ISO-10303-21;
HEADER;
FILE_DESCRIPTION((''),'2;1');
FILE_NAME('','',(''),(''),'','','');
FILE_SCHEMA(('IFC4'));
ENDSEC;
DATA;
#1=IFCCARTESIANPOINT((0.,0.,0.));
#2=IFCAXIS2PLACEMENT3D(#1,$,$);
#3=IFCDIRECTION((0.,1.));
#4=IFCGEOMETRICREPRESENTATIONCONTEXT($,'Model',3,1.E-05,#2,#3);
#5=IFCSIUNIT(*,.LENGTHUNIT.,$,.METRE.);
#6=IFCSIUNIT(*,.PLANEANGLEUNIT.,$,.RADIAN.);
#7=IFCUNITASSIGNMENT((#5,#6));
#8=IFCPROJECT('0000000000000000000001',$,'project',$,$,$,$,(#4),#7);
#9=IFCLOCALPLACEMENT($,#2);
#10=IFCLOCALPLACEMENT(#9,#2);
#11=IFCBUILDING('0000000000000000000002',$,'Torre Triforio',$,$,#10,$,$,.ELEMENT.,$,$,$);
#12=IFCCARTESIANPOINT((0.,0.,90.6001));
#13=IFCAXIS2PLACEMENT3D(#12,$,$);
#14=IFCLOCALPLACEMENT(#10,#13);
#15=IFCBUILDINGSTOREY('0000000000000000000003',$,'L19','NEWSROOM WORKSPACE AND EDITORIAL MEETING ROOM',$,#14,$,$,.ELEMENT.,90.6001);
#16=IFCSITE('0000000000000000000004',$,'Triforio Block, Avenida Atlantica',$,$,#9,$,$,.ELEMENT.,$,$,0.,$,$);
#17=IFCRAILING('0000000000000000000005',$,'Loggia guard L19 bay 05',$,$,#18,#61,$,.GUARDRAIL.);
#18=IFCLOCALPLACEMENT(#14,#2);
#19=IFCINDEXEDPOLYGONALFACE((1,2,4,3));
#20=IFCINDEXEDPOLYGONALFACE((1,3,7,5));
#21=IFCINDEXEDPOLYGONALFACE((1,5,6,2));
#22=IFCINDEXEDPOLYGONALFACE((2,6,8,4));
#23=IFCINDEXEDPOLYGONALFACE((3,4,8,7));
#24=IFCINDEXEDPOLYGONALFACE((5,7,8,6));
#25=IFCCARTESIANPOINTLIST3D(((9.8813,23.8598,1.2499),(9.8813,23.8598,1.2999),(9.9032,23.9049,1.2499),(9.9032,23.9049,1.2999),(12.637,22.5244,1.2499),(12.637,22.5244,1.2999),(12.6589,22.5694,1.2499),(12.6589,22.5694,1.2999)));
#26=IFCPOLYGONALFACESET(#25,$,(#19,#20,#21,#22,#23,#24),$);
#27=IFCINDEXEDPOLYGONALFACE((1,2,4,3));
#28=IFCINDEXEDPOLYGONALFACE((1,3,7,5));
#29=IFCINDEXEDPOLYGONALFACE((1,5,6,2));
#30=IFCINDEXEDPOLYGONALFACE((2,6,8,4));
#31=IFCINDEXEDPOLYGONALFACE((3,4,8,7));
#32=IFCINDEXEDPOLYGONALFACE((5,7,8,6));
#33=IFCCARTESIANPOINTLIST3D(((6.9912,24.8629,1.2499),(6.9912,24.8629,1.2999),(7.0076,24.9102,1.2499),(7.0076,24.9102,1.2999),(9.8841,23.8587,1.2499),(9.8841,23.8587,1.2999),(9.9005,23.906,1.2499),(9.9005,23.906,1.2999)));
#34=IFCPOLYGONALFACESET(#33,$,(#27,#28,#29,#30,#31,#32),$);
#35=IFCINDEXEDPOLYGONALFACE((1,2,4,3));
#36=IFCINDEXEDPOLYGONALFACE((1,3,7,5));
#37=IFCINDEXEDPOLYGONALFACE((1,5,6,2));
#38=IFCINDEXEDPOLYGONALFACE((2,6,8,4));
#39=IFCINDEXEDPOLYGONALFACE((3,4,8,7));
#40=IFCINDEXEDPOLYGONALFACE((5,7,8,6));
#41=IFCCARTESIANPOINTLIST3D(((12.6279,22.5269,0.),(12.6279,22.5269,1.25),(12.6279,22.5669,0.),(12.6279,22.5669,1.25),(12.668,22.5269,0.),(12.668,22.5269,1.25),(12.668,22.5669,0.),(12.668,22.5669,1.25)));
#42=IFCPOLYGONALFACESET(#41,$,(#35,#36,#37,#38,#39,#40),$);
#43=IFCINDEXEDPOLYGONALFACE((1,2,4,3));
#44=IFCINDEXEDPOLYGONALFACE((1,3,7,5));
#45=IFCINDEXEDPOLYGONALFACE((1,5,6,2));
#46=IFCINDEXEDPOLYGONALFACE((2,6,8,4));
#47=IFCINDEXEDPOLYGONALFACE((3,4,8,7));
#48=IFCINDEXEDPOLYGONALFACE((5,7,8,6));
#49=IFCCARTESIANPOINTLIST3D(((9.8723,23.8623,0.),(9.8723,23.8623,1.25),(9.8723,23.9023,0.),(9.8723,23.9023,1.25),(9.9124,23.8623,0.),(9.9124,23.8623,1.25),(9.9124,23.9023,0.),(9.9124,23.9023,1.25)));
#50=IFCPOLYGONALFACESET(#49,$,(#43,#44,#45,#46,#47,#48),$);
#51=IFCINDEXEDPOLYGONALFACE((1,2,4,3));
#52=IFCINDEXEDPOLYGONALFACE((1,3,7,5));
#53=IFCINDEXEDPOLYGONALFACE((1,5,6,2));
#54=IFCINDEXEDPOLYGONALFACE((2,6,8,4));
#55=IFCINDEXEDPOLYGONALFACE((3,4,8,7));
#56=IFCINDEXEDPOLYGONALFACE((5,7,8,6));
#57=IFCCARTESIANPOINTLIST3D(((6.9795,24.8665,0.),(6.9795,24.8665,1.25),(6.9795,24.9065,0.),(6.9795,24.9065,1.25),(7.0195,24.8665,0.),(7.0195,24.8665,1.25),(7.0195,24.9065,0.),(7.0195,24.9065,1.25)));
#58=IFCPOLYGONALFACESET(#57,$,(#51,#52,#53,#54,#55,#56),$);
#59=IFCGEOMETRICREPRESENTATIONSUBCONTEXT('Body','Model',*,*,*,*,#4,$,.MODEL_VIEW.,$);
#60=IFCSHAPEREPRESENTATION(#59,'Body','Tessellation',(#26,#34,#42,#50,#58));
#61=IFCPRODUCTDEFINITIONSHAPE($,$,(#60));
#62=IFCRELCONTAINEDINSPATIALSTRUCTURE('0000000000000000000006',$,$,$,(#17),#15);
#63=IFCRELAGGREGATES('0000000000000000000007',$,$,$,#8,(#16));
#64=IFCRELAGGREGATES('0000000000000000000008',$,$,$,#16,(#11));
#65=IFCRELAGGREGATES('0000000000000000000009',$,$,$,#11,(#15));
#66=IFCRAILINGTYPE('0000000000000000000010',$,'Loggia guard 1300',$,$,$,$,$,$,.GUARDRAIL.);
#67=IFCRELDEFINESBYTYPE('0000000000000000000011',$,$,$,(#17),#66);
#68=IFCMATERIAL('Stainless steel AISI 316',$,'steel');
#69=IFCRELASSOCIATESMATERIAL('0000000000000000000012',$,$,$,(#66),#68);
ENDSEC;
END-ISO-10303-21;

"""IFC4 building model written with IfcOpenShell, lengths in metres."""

from ifc_helpers import new_model, si_unit, direction, frame, origin, origin_2d, place, context, subcontext, project, spatial, rectangle, extrude, material, type_object, element, save


model = new_model("IFC4")

# Units and contexts
model_context = context("Model", 3, precision=1e-05, world=origin(), true_north=direction((0.0, 1.0)))
body_context = subcontext(model_context, "Body", "Model", "MODEL_VIEW")
ifc_project = project(units=[si_unit("LENGTHUNIT", "METRE"), si_unit("PLANEANGLEUNIT", "RADIAN")], contexts=[model_context])

# Site, building, storey
site_placement = place(None, origin())
site = spatial("IfcSite", under=ifc_project, at=site_placement, Name="Triforio Block, Avenida Atlantica", CompositionType="ELEMENT", RefElevation=0.0)
building_placement = place(site_placement, origin())
building = spatial("IfcBuilding", under=site, at=building_placement, Name="Torre Triforio", CompositionType="ELEMENT")
storey_placement = place(building_placement, frame((0.0, 0.0, 90.6001)))
storey = spatial("IfcBuildingStorey", under=building, at=storey_placement, Name="L19", Description="NEWSROOM WORKSPACE AND EDITORIAL MEETING ROOM", CompositionType="ELEMENT", Elevation=90.6001)

# Railing
ifc_material_1 = material(Name="Stainless steel AISI 316", Category="steel")
railing_type = type_object("IfcRailingType", Name="Loggia guard 1300", PredefinedType="GUARDRAIL", material=ifc_material_1)
railing_1_placement = place(storey_placement, frame((12.6479, 22.5469, 0.0)))
element("IfcRailing", 1, at=railing_1_placement, inside=storey, type_object=railing_type, Name="Loggia guard L19 bay 05", PredefinedType="GUARDRAIL", context=body_context, shape_type="SweptSolid", body=[
    extrude(rectangle(XDim=0.05, YDim=0.05, at=origin_2d()), frame((0.0, 0.0, 1.2749), z_axis=(-0.899892, 0.436113, 0.0), x_axis=(-0.436113, -0.899892, 0.0)), (0.0, 0.0, 1.0), 3.0623),
    extrude(rectangle(XDim=0.05, YDim=0.05, at=origin_2d()), frame((-2.7556, 1.3354, 1.2749), z_axis=(-0.944704, 0.327924, 0.0), x_axis=(-0.327924, -0.944704, 0.0)), (0.0, 0.0, 1.0), 3.0623),
    extrude(rectangle(XDim=0.04, YDim=0.04, at=origin_2d()), origin(), (0.0, 0.0, 1.0), 1.25),
    extrude(rectangle(XDim=0.04, YDim=0.04, at=origin_2d()), frame((-2.7556, 1.3354, 0.0)), (0.0, 0.0, 1.0), 1.25),
    extrude(rectangle(XDim=0.04, YDim=0.04, at=origin_2d()), frame((-5.6484, 2.3396, 0.0)), (0.0, 0.0, 1.0), 1.25),
])

save(model, "model.ifc")
